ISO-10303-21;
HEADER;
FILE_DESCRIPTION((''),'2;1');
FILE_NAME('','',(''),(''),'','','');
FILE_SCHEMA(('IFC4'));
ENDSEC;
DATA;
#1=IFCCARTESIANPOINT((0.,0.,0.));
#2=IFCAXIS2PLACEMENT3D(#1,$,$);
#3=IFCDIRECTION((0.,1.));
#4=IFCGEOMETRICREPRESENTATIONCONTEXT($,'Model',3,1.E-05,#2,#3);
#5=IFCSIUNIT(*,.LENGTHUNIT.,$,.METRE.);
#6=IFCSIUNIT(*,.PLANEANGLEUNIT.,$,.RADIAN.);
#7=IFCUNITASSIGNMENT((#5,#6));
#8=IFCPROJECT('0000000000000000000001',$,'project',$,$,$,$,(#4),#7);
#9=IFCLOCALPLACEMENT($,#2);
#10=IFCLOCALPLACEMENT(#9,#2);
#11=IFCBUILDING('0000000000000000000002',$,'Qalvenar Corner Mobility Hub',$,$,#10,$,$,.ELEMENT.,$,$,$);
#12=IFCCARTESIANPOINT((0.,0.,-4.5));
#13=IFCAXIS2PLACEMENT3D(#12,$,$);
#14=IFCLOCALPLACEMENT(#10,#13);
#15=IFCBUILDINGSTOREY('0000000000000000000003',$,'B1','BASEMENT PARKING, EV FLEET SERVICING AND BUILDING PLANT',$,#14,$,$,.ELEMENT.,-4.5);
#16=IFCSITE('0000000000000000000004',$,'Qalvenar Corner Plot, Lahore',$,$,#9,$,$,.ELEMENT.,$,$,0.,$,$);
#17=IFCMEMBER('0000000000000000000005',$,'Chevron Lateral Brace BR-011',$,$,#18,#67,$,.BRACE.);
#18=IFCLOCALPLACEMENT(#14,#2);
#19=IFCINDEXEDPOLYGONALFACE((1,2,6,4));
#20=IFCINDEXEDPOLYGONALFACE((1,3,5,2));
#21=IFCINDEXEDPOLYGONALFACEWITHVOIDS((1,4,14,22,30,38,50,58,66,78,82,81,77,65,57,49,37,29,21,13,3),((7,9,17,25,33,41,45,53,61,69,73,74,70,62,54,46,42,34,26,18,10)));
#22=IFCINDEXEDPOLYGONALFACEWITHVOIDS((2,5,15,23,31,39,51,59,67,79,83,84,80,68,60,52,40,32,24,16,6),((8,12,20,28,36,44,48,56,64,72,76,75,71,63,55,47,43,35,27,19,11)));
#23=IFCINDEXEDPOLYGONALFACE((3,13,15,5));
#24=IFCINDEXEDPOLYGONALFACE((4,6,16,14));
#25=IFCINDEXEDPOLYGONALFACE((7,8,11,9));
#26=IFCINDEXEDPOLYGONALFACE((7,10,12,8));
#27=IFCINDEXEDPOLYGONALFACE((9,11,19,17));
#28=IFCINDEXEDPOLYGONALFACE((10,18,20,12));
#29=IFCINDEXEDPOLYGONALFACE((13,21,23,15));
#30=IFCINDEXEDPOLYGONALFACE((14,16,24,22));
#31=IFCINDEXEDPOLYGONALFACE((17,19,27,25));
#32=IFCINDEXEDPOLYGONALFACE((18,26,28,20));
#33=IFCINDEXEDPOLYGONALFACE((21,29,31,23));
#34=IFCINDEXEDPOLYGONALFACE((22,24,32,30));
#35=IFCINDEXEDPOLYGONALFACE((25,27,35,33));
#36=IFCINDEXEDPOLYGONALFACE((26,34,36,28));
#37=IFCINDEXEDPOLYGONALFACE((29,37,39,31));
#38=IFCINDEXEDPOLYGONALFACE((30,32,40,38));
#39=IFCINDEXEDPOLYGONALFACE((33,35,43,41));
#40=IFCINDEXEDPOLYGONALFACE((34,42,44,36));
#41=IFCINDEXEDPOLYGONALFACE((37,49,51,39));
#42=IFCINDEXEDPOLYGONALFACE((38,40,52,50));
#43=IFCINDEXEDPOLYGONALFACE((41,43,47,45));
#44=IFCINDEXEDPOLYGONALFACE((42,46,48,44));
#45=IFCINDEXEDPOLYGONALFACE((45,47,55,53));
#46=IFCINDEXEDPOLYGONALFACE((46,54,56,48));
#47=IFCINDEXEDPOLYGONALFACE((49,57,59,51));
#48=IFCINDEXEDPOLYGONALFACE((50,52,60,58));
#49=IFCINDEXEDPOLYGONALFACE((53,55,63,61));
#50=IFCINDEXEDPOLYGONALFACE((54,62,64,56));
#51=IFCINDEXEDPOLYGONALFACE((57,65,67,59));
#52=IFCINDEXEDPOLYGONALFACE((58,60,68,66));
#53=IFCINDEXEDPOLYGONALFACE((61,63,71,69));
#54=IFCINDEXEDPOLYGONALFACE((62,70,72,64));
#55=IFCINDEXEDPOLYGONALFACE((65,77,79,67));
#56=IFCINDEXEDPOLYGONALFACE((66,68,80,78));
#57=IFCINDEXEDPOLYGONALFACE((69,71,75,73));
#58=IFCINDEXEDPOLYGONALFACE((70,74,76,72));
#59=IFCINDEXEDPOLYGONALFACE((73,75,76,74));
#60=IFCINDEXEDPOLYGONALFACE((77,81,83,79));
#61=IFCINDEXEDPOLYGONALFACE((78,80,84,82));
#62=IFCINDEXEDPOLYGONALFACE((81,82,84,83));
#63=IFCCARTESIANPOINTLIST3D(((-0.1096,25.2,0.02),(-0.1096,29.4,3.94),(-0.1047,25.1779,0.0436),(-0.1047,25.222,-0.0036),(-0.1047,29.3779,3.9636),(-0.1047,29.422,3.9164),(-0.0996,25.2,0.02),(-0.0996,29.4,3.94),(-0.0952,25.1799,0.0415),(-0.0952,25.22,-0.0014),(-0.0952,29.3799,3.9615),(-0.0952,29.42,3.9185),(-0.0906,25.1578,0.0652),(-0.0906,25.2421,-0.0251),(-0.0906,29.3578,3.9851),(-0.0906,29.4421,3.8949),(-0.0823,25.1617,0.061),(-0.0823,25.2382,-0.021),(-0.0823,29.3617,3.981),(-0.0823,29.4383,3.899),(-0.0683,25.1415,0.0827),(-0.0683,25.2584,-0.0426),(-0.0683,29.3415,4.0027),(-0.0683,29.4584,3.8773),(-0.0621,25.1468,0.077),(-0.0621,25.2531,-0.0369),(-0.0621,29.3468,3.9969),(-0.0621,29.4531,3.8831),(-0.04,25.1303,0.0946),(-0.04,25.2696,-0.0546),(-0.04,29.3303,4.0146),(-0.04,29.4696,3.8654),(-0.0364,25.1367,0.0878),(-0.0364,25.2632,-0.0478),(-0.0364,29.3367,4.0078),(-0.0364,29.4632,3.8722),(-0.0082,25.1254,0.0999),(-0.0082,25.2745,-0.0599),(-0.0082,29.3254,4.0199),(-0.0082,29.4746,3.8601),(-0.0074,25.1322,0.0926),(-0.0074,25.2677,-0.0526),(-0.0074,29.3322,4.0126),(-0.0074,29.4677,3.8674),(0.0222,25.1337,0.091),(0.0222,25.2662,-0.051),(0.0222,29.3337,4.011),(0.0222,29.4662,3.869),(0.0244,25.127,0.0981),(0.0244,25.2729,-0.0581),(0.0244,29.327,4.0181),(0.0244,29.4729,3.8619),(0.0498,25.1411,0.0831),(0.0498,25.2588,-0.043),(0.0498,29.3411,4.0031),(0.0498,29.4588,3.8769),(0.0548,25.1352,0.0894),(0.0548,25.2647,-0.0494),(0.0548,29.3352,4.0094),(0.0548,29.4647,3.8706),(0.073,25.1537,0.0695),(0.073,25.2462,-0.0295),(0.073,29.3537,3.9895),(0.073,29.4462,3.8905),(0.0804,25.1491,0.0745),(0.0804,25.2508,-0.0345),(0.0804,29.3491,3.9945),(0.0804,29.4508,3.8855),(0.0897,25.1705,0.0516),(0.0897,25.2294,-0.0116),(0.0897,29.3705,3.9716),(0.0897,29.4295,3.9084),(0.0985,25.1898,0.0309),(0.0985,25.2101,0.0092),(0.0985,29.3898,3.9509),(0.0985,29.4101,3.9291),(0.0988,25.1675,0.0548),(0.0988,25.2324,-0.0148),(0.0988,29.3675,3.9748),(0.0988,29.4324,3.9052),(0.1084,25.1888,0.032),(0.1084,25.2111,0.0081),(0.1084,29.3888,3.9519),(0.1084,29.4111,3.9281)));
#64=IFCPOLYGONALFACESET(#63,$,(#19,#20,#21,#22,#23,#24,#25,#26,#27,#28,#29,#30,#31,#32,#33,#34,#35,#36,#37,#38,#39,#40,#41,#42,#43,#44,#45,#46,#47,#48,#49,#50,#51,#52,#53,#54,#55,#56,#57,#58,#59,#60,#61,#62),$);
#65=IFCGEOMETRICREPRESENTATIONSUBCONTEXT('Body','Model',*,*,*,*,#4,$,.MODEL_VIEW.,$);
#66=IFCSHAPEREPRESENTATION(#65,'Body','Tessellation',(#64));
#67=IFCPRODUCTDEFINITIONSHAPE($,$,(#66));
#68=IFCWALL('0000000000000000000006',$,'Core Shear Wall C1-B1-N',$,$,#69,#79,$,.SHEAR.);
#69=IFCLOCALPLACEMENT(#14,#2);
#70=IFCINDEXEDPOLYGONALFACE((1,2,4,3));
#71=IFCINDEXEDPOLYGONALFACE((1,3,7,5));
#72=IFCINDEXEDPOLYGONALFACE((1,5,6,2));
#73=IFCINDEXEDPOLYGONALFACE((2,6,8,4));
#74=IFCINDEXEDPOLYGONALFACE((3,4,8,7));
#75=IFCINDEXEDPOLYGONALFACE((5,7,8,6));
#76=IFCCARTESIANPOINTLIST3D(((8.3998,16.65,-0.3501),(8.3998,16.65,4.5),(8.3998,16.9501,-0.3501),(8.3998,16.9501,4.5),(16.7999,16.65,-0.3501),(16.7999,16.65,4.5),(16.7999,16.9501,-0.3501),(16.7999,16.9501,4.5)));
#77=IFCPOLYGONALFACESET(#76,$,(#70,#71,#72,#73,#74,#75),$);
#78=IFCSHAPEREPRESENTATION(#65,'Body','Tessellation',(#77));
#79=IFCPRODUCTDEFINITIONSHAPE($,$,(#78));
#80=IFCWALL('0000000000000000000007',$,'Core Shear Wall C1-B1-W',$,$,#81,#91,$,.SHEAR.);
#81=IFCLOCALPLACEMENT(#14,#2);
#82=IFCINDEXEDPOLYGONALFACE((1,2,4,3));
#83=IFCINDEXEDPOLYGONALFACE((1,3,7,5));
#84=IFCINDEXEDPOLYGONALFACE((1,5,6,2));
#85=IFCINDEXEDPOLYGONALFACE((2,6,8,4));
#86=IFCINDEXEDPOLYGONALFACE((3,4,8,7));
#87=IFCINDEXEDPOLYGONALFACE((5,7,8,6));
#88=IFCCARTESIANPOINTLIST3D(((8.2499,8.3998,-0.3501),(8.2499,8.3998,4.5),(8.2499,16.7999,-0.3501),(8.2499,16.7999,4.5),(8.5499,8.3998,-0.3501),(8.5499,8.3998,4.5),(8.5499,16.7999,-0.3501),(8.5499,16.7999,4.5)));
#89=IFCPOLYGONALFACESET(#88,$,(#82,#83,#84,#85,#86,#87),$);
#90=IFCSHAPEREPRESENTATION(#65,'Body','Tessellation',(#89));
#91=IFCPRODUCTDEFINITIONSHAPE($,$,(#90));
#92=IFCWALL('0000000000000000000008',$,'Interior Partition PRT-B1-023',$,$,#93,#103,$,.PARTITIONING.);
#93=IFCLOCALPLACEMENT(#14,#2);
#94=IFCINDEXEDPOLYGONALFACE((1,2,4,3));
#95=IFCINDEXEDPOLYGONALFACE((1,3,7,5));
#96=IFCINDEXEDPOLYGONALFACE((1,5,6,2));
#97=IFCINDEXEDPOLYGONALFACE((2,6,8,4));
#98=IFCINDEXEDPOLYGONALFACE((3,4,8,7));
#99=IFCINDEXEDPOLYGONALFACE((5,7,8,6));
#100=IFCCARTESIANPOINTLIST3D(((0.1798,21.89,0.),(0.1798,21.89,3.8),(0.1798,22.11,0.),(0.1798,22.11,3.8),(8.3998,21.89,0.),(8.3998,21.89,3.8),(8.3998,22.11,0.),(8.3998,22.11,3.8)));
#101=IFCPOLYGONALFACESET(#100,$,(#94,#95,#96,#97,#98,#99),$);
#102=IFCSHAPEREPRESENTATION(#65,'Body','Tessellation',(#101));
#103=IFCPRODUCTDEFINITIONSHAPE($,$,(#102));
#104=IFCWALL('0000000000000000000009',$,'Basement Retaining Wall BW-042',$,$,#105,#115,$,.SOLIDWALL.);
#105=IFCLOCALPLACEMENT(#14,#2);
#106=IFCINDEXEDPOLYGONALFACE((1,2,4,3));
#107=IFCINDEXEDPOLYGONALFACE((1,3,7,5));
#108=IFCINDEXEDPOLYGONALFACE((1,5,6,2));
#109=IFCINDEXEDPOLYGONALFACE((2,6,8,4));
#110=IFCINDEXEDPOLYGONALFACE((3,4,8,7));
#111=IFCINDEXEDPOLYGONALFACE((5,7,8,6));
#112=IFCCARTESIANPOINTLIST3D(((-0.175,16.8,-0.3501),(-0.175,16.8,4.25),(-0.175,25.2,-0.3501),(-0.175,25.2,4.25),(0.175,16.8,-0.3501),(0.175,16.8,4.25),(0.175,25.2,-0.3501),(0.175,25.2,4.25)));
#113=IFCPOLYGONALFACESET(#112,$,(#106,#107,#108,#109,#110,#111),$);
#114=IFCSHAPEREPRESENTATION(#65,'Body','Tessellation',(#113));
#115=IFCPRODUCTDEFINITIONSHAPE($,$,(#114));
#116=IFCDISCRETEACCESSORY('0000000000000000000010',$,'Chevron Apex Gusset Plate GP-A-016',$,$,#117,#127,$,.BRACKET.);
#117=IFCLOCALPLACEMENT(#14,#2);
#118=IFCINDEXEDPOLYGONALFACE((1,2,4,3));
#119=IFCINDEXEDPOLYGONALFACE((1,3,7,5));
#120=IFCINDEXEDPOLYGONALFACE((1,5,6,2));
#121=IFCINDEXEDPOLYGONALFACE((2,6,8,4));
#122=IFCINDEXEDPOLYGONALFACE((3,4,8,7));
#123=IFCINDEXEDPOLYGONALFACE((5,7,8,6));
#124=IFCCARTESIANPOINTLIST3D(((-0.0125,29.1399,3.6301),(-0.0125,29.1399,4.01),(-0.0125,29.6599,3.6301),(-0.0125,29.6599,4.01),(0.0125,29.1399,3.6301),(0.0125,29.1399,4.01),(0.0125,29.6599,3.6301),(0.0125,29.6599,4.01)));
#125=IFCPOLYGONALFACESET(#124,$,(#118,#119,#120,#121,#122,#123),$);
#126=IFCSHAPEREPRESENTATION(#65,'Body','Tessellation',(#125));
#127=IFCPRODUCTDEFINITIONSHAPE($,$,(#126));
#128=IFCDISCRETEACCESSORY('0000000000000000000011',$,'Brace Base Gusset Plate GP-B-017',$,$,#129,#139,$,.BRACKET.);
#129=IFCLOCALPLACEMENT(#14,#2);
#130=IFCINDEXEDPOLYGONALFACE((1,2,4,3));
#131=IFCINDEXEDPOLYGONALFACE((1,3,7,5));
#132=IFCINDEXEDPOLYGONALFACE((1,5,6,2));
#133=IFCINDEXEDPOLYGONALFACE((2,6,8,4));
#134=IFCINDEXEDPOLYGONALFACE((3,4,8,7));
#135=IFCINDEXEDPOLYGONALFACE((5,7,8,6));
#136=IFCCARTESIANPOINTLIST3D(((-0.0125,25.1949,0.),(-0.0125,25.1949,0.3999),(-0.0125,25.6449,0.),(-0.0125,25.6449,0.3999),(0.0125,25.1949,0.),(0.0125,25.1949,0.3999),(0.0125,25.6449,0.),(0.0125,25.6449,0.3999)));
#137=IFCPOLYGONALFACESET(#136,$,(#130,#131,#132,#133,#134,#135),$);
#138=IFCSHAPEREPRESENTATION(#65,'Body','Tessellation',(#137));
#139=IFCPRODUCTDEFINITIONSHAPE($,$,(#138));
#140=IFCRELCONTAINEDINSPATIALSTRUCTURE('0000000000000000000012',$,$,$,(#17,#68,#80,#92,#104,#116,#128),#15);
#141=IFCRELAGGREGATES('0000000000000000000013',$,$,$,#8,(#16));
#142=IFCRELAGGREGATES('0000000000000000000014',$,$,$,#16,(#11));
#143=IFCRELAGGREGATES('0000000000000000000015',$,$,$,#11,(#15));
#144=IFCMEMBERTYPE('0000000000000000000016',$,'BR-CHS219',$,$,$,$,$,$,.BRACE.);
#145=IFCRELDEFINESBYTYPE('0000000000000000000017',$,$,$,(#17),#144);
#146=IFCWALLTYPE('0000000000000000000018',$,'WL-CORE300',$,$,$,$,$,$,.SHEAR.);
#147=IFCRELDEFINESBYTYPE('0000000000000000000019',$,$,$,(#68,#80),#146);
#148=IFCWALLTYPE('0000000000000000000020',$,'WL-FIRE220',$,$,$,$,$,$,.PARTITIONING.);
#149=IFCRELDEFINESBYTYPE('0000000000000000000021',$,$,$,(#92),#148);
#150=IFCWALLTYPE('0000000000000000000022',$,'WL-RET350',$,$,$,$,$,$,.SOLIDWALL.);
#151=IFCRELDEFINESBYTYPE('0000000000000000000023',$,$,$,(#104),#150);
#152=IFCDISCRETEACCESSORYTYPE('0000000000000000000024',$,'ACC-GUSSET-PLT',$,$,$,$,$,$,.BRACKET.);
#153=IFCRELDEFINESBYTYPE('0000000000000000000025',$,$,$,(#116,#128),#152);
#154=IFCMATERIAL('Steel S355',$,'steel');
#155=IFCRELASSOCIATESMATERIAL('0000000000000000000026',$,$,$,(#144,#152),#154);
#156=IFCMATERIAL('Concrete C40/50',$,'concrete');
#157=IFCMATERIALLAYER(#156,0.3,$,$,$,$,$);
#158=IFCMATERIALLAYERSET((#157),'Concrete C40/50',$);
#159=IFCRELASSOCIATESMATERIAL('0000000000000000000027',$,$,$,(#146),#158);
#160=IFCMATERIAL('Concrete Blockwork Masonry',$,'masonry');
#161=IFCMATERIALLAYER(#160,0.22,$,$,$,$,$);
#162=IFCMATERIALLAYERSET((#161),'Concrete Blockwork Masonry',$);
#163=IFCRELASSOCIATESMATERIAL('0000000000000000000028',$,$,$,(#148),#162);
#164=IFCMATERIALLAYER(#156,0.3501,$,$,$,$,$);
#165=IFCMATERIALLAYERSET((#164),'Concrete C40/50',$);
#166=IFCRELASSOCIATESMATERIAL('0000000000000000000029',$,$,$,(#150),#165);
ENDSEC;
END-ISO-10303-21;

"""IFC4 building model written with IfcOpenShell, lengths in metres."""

from ifc_helpers import new_model, si_unit, direction, frame, frame_2d, origin, origin_2d, place, context, subcontext, project, spatial, rectangle, hollow_circle, extrude, material, layer, layer_set, material_profile, profile_set, type_object, element, save


model = new_model("IFC4")

# Units and contexts
model_context = context("Model", 3, precision=1e-05, world=origin(), true_north=direction((0.0, 1.0)))
body_context = subcontext(model_context, "Body", "Model", "MODEL_VIEW")
ifc_project = project(units=[si_unit("LENGTHUNIT", "METRE"), si_unit("PLANEANGLEUNIT", "RADIAN")], contexts=[model_context])

# Site, building, storey
site_placement = place(None, origin())
site = spatial("IfcSite", under=ifc_project, at=site_placement, Name="Qalvenar Corner Plot, Lahore", CompositionType="ELEMENT", RefElevation=0.0)
building_placement = place(site_placement, origin())
building = spatial("IfcBuilding", under=site, at=building_placement, Name="Qalvenar Corner Mobility Hub", CompositionType="ELEMENT")
storey_placement = place(building_placement, frame((0.0, 0.0, -4.5)))
storey = spatial("IfcBuildingStorey", under=building, at=storey_placement, Name="B1", Description="BASEMENT PARKING, EV FLEET SERVICING AND BUILDING PLANT", CompositionType="ELEMENT", Elevation=-4.5)

# Shared definitions
ifc_material_1 = material(Name="Concrete C40/50", Category="concrete")

# Shared definitions
ifc_material_2 = material(Name="Steel S355", Category="steel")

# Member
ifc_material_profile_1 = material_profile(ifc_material_2, hollow_circle(Radius=0.1096, WallThickness=0.01, at=origin_2d()), Name="CHS219.1x10")
ifc_profile_set_1 = profile_set([ifc_material_profile_1], Name="Steel S355")
member_type = type_object("IfcMemberType", Name="BR-CHS219", PredefinedType="BRACE", material=ifc_profile_set_1)
member_placement = place(storey_placement, frame((0.0, 25.2, 0.02), z_axis=(0.0, 0.731058, 0.682315), x_axis=(-1.0, 0.0, 0.0)))
element("IfcMember", 1, at=member_placement, inside=storey, type_object=member_type, Name="Chevron Lateral Brace BR-011", PredefinedType="BRACE", context=body_context, shape_type="SweptSolid", body=[
    extrude(hollow_circle(Radius=0.1096, WallThickness=0.01, at=origin_2d()), origin(), (0.0, 0.0, 1.0), 5.7451),
])

# Walls
ifc_layer_1 = layer(ifc_material_1, 0.3)
ifc_layer_set_1 = layer_set([ifc_layer_1], Name="Concrete C40/50")
wall_type_1 = type_object("IfcWallType", Name="WL-CORE300", PredefinedType="SHEAR", material=ifc_layer_set_1)
for number, where, z_axis, x_axis, name in (
    (2, (16.8, 16.8, -0.3501), (0.0, 0.0, 1.0), (-1.0, 0.0, 0.0), "Core Shear Wall C1-B1-N"),
    (3, (8.3999, 16.8, -0.3501), (0.0, 0.0, 1.0), (0.0, -1.0, 0.0), "Core Shear Wall C1-B1-W"),
):
    element("IfcWall", number, at=place(storey_placement, frame(where, z_axis=z_axis, x_axis=x_axis)), inside=storey, type_object=wall_type_1, Name=name, PredefinedType="SHEAR", context=body_context, shape_type="SweptSolid", body=[
        extrude(rectangle(XDim=8.4001, YDim=0.3, at=frame_2d((4.2002, 0.0))), origin(), (0.0, 0.0, 1.0), 4.8501),
    ])
ifc_material_3 = material(Name="Concrete Blockwork Masonry", Category="masonry")
ifc_layer_2 = layer(ifc_material_3, 0.22)
ifc_layer_set_2 = layer_set([ifc_layer_2], Name="Concrete Blockwork Masonry")
wall_type_2 = type_object("IfcWallType", Name="WL-FIRE220", PredefinedType="PARTITIONING", material=ifc_layer_set_2)
wall_1_placement = place(storey_placement, frame((0.1799, 22.0, 0.0), z_axis=(0.0, 0.0, 1.0), x_axis=(1.0, 0.0, 0.0)))
element("IfcWall", 4, at=wall_1_placement, inside=storey, type_object=wall_type_2, Name="Interior Partition PRT-B1-023", PredefinedType="PARTITIONING", context=body_context, shape_type="SweptSolid", body=[
    extrude(rectangle(XDim=8.22, YDim=0.22, at=frame_2d((4.1099, 0.0))), origin(), (0.0, 0.0, 1.0), 3.8),
])
ifc_layer_3 = layer(ifc_material_1, 0.3501)
ifc_layer_set_3 = layer_set([ifc_layer_3], Name="Concrete C40/50")
wall_type_3 = type_object("IfcWallType", Name="WL-RET350", PredefinedType="SOLIDWALL", material=ifc_layer_set_3)
wall_2_placement = place(storey_placement, frame((0.0, 25.2, -0.3501), z_axis=(0.0, 0.0, 1.0), x_axis=(0.0, -1.0, 0.0)))
element("IfcWall", 5, at=wall_2_placement, inside=storey, type_object=wall_type_3, Name="Basement Retaining Wall BW-042", PredefinedType="SOLIDWALL", context=body_context, shape_type="SweptSolid", body=[
    extrude(rectangle(XDim=8.3999, YDim=0.3501, at=frame_2d((4.2, 0.0))), origin(), (0.0, 0.0, 1.0), 4.6001),
])

# Discrete accessories
discrete_accessory_type = type_object("IfcDiscreteAccessoryType", Name="ACC-GUSSET-PLT", PredefinedType="BRACKET", material=ifc_material_2)
discrete_accessory_1_placement = place(storey_placement, frame((0.0, 29.3999, 3.6301), z_axis=(0.0, 0.0, 1.0), x_axis=(0.0, 1.0, 0.0)))
element("IfcDiscreteAccessory", 6, at=discrete_accessory_1_placement, inside=storey, type_object=discrete_accessory_type, Name="Chevron Apex Gusset Plate GP-A-016", PredefinedType="BRACKET", context=body_context, shape_type="SweptSolid", body=[
    extrude(rectangle(XDim=0.52, YDim=0.0249, at=origin_2d()), origin(), (0.0, 0.0, 1.0), 0.3799),
])
discrete_accessory_2_placement = place(storey_placement, frame((0.0, 25.4199, 0.0), z_axis=(0.0, 0.0, 1.0), x_axis=(0.0, 1.0, 0.0)))
element("IfcDiscreteAccessory", 7, at=discrete_accessory_2_placement, inside=storey, type_object=discrete_accessory_type, Name="Brace Base Gusset Plate GP-B-017", PredefinedType="BRACKET", context=body_context, shape_type="SweptSolid", body=[
    extrude(rectangle(XDim=0.45, YDim=0.0249, at=origin_2d()), origin(), (0.0, 0.0, 1.0), 0.3999),
])

save(model, "model.ifc")
